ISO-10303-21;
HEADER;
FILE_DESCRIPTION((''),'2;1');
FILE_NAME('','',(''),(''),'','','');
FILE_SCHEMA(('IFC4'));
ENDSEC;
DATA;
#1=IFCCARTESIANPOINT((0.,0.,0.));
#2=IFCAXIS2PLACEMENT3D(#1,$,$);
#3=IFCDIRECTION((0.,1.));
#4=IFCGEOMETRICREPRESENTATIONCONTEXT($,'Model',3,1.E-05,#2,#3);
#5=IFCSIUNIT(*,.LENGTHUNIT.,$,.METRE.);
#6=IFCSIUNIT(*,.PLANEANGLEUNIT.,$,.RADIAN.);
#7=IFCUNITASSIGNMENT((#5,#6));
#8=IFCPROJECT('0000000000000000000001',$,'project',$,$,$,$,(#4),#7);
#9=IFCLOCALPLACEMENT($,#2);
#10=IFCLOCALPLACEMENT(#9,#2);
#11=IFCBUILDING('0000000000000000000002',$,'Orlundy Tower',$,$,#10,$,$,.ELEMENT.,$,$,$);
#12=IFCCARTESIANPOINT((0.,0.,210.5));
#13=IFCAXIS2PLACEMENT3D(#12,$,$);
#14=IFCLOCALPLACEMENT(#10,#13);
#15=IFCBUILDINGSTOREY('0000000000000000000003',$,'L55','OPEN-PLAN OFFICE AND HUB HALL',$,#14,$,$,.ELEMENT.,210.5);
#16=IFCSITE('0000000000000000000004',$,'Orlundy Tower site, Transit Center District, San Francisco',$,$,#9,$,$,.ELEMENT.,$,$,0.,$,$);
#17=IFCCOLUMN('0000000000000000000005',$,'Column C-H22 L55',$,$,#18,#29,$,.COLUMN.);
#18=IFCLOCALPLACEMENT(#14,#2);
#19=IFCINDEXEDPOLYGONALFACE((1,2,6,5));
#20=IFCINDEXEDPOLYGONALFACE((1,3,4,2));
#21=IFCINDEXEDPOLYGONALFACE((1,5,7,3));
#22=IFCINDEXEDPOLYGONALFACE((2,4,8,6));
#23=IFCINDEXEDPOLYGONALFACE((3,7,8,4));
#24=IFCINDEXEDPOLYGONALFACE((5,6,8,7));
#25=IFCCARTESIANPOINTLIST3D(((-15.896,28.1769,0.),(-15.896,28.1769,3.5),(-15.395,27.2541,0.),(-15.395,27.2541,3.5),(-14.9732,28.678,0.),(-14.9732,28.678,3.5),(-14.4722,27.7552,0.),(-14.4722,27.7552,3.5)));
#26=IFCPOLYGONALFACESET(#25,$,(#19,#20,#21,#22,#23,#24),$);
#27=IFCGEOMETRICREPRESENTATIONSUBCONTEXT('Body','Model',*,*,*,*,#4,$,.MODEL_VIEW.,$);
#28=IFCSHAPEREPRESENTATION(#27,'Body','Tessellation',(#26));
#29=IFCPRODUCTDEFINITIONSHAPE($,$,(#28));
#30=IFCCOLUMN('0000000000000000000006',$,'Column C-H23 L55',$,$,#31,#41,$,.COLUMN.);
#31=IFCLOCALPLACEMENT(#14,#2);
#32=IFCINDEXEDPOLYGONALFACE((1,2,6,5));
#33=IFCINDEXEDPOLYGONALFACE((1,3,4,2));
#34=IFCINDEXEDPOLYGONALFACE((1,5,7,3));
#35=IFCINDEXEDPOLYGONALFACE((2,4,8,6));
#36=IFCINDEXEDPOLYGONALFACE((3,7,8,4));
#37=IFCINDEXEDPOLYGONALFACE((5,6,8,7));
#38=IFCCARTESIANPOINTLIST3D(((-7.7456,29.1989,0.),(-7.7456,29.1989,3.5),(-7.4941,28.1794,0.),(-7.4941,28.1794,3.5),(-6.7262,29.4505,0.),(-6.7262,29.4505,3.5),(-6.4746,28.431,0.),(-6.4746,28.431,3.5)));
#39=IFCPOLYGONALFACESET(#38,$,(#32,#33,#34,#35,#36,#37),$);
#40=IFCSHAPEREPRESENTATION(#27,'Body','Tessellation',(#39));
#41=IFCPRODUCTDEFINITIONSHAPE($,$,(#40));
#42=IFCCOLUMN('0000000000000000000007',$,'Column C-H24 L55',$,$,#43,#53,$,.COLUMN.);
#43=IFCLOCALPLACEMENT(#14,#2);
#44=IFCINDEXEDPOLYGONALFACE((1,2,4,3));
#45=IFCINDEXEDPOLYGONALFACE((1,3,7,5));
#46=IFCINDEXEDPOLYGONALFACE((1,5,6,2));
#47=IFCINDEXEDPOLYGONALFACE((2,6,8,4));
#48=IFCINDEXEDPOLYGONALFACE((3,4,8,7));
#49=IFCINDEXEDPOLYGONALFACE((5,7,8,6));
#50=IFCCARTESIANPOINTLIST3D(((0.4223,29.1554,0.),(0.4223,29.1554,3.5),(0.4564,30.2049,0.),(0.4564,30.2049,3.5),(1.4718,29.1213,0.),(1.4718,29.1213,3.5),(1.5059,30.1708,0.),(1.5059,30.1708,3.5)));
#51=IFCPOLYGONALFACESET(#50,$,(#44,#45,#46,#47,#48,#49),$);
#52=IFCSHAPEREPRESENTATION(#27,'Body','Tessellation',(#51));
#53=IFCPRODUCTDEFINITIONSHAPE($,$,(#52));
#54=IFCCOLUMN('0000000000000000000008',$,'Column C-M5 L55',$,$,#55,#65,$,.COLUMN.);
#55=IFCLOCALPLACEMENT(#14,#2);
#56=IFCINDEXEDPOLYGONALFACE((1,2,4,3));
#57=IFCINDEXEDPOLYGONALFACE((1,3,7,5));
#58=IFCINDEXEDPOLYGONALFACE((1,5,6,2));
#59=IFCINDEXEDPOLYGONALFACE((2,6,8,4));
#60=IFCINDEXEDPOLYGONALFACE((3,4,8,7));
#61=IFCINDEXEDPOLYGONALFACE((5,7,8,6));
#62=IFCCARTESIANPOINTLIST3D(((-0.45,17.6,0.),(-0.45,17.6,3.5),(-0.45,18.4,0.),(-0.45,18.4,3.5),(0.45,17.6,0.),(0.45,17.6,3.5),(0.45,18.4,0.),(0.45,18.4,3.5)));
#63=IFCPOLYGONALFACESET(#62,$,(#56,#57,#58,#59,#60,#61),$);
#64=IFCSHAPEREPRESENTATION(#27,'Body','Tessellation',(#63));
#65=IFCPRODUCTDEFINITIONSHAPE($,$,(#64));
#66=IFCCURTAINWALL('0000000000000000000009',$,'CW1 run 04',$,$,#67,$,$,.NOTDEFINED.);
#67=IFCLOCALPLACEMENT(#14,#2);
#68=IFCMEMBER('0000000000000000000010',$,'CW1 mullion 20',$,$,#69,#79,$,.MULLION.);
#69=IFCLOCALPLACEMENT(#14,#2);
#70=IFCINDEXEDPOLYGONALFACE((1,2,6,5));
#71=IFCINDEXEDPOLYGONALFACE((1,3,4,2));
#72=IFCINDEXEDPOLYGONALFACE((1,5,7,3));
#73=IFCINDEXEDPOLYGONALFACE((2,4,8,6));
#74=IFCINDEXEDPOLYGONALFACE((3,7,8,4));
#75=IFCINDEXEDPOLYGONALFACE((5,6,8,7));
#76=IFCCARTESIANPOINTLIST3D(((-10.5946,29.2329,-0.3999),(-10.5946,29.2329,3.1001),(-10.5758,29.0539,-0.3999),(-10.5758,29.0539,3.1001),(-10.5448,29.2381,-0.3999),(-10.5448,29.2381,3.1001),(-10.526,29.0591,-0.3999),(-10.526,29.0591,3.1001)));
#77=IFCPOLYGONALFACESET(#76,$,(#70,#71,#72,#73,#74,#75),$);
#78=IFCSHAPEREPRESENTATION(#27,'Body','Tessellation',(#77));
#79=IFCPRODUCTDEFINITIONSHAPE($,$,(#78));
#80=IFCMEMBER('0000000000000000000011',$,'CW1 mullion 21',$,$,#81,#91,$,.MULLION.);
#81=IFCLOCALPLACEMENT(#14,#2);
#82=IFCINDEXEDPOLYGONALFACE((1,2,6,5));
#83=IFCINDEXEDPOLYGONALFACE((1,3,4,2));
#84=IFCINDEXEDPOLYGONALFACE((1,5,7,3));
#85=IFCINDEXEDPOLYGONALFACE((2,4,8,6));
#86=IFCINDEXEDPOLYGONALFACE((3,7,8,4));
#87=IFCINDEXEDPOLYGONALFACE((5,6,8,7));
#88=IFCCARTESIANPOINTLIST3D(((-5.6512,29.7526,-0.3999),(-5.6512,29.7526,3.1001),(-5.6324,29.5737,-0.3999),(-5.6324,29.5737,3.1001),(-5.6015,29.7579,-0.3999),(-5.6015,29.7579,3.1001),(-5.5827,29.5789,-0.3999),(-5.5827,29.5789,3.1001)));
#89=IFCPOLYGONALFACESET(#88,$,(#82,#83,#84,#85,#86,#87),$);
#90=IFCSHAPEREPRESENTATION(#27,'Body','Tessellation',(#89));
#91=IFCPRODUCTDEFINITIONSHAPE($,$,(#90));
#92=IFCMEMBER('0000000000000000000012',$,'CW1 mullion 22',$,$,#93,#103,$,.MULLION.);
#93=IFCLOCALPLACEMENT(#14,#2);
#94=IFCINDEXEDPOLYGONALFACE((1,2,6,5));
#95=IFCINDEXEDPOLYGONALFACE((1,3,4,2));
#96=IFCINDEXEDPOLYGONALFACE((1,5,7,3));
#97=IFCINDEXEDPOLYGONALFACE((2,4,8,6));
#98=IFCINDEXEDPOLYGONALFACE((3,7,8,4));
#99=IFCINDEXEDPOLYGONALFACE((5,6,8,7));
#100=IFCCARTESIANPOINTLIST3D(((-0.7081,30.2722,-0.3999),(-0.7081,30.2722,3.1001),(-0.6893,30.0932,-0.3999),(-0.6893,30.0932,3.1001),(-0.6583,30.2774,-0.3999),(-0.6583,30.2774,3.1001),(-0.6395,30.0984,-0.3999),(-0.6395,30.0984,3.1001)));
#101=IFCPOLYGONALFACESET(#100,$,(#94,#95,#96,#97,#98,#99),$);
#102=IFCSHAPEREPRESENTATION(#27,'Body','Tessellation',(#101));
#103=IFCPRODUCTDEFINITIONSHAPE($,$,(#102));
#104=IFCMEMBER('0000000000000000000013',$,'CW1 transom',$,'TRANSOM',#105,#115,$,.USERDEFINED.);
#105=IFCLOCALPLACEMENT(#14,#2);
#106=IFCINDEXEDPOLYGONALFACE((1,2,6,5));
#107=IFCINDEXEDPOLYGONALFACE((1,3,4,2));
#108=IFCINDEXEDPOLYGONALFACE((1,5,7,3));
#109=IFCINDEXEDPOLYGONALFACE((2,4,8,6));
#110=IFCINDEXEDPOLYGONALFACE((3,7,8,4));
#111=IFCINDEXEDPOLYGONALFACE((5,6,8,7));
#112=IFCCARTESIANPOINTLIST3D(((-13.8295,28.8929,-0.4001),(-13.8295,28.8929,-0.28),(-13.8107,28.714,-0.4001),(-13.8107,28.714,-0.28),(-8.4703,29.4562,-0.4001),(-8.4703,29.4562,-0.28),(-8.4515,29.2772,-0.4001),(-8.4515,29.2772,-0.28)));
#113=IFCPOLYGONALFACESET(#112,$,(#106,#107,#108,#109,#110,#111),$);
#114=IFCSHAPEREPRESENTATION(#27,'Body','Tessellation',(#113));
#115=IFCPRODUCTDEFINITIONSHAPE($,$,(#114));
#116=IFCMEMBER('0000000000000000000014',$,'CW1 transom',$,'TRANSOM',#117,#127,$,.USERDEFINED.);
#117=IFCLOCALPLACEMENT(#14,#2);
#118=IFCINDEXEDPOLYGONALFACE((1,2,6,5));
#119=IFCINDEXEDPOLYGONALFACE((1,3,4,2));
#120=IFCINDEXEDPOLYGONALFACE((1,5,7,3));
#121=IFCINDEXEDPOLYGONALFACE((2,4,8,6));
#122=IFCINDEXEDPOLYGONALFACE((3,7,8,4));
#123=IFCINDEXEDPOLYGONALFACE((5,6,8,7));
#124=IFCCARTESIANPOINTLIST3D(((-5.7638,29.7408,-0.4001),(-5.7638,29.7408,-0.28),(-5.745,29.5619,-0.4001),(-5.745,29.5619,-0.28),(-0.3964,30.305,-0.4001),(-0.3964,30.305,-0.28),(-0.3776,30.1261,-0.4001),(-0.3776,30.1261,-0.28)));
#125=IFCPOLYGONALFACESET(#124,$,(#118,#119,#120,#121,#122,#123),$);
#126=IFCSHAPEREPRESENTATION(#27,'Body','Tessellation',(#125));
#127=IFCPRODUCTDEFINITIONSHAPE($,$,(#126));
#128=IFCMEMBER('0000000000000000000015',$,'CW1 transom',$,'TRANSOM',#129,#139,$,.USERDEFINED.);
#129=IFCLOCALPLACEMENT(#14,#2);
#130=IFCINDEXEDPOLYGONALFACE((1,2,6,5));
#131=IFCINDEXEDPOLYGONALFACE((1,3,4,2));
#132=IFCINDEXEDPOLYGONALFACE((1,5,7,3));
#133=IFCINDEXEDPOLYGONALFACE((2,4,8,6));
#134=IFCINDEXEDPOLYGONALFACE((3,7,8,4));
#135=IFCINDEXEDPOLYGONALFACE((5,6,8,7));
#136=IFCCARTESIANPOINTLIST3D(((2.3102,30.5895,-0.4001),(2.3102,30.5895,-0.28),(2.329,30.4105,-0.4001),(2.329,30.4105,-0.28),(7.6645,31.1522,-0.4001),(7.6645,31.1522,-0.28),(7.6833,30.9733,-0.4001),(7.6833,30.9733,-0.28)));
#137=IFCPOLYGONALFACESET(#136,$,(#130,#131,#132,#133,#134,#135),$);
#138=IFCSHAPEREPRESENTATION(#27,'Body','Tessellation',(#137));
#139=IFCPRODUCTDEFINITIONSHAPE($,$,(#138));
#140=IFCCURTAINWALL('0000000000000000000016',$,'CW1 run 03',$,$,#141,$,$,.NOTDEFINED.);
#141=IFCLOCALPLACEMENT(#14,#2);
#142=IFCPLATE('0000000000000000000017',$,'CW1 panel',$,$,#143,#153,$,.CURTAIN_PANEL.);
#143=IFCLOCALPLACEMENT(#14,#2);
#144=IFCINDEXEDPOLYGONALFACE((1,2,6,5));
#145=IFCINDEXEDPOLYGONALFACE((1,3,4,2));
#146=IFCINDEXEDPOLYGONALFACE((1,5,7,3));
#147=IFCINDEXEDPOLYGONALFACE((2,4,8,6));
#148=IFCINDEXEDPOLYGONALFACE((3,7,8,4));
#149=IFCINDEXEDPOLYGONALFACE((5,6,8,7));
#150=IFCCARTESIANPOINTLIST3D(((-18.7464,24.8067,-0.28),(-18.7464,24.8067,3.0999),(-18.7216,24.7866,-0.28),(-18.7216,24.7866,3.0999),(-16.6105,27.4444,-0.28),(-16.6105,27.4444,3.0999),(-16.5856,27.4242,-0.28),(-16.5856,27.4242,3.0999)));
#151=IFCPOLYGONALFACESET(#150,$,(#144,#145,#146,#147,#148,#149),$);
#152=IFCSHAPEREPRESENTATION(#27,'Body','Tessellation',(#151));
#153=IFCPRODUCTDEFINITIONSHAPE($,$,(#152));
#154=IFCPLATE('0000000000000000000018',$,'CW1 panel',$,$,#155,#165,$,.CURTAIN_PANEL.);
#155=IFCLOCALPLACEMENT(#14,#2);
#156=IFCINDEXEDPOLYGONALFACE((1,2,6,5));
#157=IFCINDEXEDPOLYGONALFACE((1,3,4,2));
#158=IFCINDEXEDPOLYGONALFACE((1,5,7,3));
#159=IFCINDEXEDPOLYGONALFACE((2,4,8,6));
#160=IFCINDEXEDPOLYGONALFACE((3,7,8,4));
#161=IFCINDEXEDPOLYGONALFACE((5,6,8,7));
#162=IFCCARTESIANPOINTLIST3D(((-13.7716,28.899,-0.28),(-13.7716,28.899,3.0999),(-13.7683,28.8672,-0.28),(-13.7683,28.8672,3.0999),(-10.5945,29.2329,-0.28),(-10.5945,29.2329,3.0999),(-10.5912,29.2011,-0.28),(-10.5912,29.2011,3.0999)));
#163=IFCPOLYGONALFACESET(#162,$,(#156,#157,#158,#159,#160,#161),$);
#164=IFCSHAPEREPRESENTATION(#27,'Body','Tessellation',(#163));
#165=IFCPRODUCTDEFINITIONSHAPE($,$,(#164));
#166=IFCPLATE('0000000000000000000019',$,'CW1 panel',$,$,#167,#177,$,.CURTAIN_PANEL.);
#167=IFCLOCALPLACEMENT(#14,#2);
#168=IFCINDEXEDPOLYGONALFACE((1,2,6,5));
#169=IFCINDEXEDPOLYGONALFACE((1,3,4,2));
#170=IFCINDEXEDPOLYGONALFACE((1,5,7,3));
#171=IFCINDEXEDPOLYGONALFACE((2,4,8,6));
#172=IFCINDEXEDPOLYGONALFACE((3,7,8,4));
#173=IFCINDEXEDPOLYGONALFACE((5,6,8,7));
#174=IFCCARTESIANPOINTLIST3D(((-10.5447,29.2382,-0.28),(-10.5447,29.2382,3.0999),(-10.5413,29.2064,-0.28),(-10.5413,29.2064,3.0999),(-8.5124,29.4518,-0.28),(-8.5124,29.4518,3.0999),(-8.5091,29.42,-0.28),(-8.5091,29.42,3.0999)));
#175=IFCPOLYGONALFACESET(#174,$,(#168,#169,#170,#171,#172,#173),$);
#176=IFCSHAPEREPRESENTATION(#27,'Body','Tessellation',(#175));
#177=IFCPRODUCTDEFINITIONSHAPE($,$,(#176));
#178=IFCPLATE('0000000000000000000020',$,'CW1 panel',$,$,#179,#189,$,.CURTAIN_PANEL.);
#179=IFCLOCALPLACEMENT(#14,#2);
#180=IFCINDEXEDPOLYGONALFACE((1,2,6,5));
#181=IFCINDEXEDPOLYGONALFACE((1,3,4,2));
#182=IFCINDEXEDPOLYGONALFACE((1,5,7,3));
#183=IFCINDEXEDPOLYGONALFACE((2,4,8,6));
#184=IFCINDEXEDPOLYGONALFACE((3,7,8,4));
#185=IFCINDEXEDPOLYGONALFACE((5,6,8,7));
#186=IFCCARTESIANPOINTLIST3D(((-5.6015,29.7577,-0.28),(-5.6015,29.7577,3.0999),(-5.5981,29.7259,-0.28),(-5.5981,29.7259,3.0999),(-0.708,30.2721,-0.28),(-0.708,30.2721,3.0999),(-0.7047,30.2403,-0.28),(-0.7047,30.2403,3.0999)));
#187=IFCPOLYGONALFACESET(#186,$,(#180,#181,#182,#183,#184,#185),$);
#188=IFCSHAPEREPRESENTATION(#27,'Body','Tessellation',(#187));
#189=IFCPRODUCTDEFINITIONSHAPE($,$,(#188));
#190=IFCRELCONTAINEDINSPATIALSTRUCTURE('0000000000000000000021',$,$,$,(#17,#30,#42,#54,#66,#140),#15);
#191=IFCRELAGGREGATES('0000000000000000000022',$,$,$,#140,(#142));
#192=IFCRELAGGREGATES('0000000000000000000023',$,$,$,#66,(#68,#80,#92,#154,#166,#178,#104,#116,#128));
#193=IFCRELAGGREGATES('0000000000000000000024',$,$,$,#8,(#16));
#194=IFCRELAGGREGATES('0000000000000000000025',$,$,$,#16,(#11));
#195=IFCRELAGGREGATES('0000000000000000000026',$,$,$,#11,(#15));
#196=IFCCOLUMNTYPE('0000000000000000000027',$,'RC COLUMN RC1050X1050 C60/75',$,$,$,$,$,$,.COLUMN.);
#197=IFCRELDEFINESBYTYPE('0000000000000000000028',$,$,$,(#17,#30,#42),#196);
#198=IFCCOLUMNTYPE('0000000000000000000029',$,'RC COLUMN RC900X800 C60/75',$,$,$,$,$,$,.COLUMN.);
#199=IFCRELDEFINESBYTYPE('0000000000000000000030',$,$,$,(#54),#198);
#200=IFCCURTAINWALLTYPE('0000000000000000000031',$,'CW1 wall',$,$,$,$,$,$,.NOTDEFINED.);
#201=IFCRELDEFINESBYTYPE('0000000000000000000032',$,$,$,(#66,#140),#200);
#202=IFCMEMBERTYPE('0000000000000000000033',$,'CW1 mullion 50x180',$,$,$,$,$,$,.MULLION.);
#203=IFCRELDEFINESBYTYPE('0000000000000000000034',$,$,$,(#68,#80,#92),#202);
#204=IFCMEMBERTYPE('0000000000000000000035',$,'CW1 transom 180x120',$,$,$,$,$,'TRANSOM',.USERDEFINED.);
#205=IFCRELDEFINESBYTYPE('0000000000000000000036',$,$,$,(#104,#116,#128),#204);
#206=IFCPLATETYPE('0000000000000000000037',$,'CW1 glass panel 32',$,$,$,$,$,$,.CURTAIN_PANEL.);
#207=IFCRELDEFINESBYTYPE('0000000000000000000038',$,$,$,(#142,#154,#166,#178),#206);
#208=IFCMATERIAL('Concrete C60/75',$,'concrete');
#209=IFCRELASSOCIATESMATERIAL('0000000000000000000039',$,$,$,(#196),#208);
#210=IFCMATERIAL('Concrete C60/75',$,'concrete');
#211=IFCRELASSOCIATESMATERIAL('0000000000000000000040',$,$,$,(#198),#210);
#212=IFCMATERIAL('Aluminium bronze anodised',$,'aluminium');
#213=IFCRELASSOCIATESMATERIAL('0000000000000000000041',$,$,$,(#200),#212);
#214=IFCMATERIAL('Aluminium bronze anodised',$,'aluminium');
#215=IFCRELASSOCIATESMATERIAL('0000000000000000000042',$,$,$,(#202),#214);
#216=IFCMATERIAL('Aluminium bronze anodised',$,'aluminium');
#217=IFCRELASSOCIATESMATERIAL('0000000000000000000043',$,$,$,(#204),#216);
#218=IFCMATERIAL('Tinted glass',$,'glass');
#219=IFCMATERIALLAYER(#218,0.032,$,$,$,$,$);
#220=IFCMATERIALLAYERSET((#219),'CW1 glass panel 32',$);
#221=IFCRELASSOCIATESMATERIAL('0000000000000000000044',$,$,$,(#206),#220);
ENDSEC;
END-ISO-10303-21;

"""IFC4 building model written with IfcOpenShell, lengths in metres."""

from ifc_helpers import new_model, si_unit, direction, frame, origin, origin_2d, place, context, subcontext, project, spatial, rectangle, extrude, material, layer, layer_set, material_profile, profile_set, type_object, element, aggregate, save


model = new_model("IFC4")

# Units and contexts
model_context = context("Model", 3, precision=1e-05, world=origin(), true_north=direction((0.0, 1.0)))
body_context = subcontext(model_context, "Body", "Model", "MODEL_VIEW")
ifc_project = project(units=[si_unit("LENGTHUNIT", "METRE"), si_unit("PLANEANGLEUNIT", "RADIAN")], contexts=[model_context])

# Site, building, storey
site_placement = place(None, origin())
site = spatial("IfcSite", under=ifc_project, at=site_placement, Name="Orlundy Tower site, Transit Center District, San Francisco", CompositionType="ELEMENT", RefElevation=0.0)
building_placement = place(site_placement, origin())
building = spatial("IfcBuilding", under=site, at=building_placement, Name="Orlundy Tower", CompositionType="ELEMENT")
storey_placement = place(building_placement, frame((0.0, 0.0, 210.5)))
storey = spatial("IfcBuildingStorey", under=building, at=storey_placement, Name="L55", Description="OPEN-PLAN OFFICE AND HUB HALL", CompositionType="ELEMENT", Elevation=210.5)

# Columns
ifc_material_1 = material(Name="Concrete C60/75", Category="concrete")
ifc_material_profile_1 = material_profile(ifc_material_1, rectangle(XDim=1.05, YDim=1.05, at=origin_2d()), Name="RC1050X1050")
ifc_profile_set_1 = profile_set([ifc_material_profile_1], Name="Concrete C60/75")
column_type_1 = type_object("IfcColumnType", Name="RC COLUMN RC1050X1050 C60/75", PredefinedType="COLUMN", material=ifc_profile_set_1)
for number, where, z_axis, x_axis, name in (
    (1, (-15.1841, 27.9661, 0.0), (0.0, 0.0, 1.0), (-0.477159, 0.878817, 0.0), "Column C-H22 L55"),
    (2, (-7.1101, 28.8149, 0.0), (0.0, 0.0, 1.0), (-0.239567, 0.97088, 0.0), "Column C-H23 L55"),
    (3, (0.9641, 29.6631, 0.0), (0.0, 0.0, 1.0), (0.032475, 0.999473, 0.0), "Column C-H24 L55"),
):
    element("IfcColumn", number, at=place(storey_placement, frame(where, z_axis=z_axis, x_axis=x_axis)), inside=storey, type_object=column_type_1, Name=name, PredefinedType="COLUMN", context=body_context, shape_type="SweptSolid", body=[
        extrude(rectangle(XDim=1.05, YDim=1.05, at=origin_2d()), origin(), (0.0, 0.0, 1.0), 3.5),
    ])
ifc_material_2 = material(Name="Concrete C60/75", Category="concrete")
ifc_material_profile_2 = material_profile(ifc_material_2, rectangle(XDim=0.8999, YDim=0.8, at=origin_2d()), Name="RC900X800")
ifc_profile_set_2 = profile_set([ifc_material_profile_2], Name="Concrete C60/75")
column_type_2 = type_object("IfcColumnType", Name="RC COLUMN RC900X800 C60/75", PredefinedType="COLUMN", material=ifc_profile_set_2)
column_placement = place(storey_placement, frame((0.0, 18.0, 0.0), z_axis=(0.0, 0.0, 1.0), x_axis=(1.0, 0.0, 0.0)))
element("IfcColumn", 4, at=column_placement, inside=storey, type_object=column_type_2, Name="Column C-M5 L55", PredefinedType="COLUMN", context=body_context, shape_type="SweptSolid", body=[
    extrude(rectangle(XDim=0.8999, YDim=0.8, at=origin_2d()), origin(), (0.0, 0.0, 1.0), 3.5),
])

# Curtain wall, members
ifc_material_3 = material(Name="Aluminium bronze anodised", Category="aluminium")
curtain_wall_type = type_object("IfcCurtainWallType", Name="CW1 wall", PredefinedType="NOTDEFINED", material=ifc_material_3)
curtain_wall_1_placement = place(storey_placement, origin())
curtain_wall_1 = element("IfcCurtainWall", 5, at=curtain_wall_1_placement, inside=storey, type_object=curtain_wall_type, Name="CW1 run 04", PredefinedType="NOTDEFINED")
ifc_material_4 = material(Name="Aluminium bronze anodised", Category="aluminium")
ifc_material_profile_3 = material_profile(ifc_material_4, rectangle(XDim=0.1799, YDim=0.05, at=origin_2d()), Name="CW1 mullion 50x180")
ifc_profile_set_3 = profile_set([ifc_material_profile_3], Name="Aluminium bronze anodised")
member_type_1 = type_object("IfcMemberType", Name="CW1 mullion 50x180", PredefinedType="MULLION", material=ifc_profile_set_3)
member_1_placement = place(storey_placement, frame((-10.5603, 29.146, -0.3999), z_axis=(0.0, 0.0, 1.0), x_axis=(-0.104538, 0.994521, 0.0)))
member_1 = element("IfcMember", 6, at=member_1_placement, type_object=member_type_1, Name="CW1 mullion 20", PredefinedType="MULLION", context=body_context, shape_type="SweptSolid", body=[
    extrude(rectangle(XDim=0.1799, YDim=0.05, at=origin_2d()), origin(), (0.0, 0.0, 1.0), 3.5),
])
member_2_placement = place(storey_placement, frame((-5.6169, 29.6658, -0.3999), z_axis=(0.0, 0.0, 1.0), x_axis=(-0.104538, 0.994521, 0.0)))
member_2 = element("IfcMember", 7, at=member_2_placement, type_object=member_type_1, Name="CW1 mullion 21", PredefinedType="MULLION", context=body_context, shape_type="SweptSolid", body=[
    extrude(rectangle(XDim=0.1799, YDim=0.05, at=origin_2d()), origin(), (0.0, 0.0, 1.0), 3.5),
])
member_3_placement = place(storey_placement, frame((-0.6738, 30.1853, -0.3999), z_axis=(0.0, 0.0, 1.0), x_axis=(-0.104538, 0.994521, 0.0)))
member_3 = element("IfcMember", 8, at=member_3_placement, type_object=member_type_1, Name="CW1 mullion 22", PredefinedType="MULLION", context=body_context, shape_type="SweptSolid", body=[
    extrude(rectangle(XDim=0.1799, YDim=0.05, at=origin_2d()), origin(), (0.0, 0.0, 1.0), 3.5),
])
ifc_material_5 = material(Name="Aluminium bronze anodised", Category="aluminium")
ifc_material_profile_4 = material_profile(ifc_material_5, rectangle(XDim=0.1799, YDim=0.1201, at=origin_2d()), Name="CW1 transom 180x120")
ifc_profile_set_4 = profile_set([ifc_material_profile_4], Name="Aluminium bronze anodised")
member_type_2 = type_object("IfcMemberType", Name="CW1 transom 180x120", ElementType="TRANSOM", PredefinedType="USERDEFINED", material=ifc_profile_set_4)
member_4_placement = place(storey_placement, frame((-13.8201, 28.8035, -0.3401), z_axis=(0.994523, 0.104522, 0.0), x_axis=(-0.104522, 0.994523, 0.0)))
member_4 = element("IfcMember", 9, at=member_4_placement, type_object=member_type_2, Name="CW1 transom", ObjectType="TRANSOM", PredefinedType="USERDEFINED", context=body_context, shape_type="SweptSolid", body=[
    extrude(rectangle(XDim=0.1799, YDim=0.1201, at=origin_2d()), origin(), (0.0, 0.0, 1.0), 5.3887),
])
member_5_placement = place(storey_placement, frame((-5.7544, 29.6514, -0.3401), z_axis=(0.994521, 0.104541, 0.0), x_axis=(-0.104541, 0.994521, 0.0)))
member_5 = element("IfcMember", 10, at=member_5_placement, type_object=member_type_2, Name="CW1 transom", ObjectType="TRANSOM", PredefinedType="USERDEFINED", context=body_context, shape_type="SweptSolid", body=[
    extrude(rectangle(XDim=0.1799, YDim=0.1201, at=origin_2d()), origin(), (0.0, 0.0, 1.0), 5.397),
])
member_6_placement = place(storey_placement, frame((2.3196, 30.5, -0.3401), z_axis=(0.994522, 0.104527, 0.0), x_axis=(-0.104527, 0.994522, 0.0)))
member_6 = element("IfcMember", 11, at=member_6_placement, type_object=member_type_2, Name="CW1 transom", ObjectType="TRANSOM", PredefinedType="USERDEFINED", context=body_context, shape_type="SweptSolid", body=[
    extrude(rectangle(XDim=0.1799, YDim=0.1201, at=origin_2d()), origin(), (0.0, 0.0, 1.0), 5.3838),
])

# Curtain wall, plate
curtain_wall_2_placement = place(storey_placement, origin())
curtain_wall_2 = element("IfcCurtainWall", 12, at=curtain_wall_2_placement, inside=storey, type_object=curtain_wall_type, Name="CW1 run 03", PredefinedType="NOTDEFINED")
ifc_material_6 = material(Name="Tinted glass", Category="glass")
ifc_layer_1 = layer(ifc_material_6, 0.032)
ifc_layer_set_1 = layer_set([ifc_layer_1], Name="CW1 glass panel 32")
plate_type = type_object("IfcPlateType", Name="CW1 glass panel 32", PredefinedType="CURTAIN_PANEL", material=ifc_layer_set_1)
plate_1_placement = place(storey_placement, frame((-17.666, 26.1155, -0.28), z_axis=(0.0, 0.0, 1.0), x_axis=(0.629321, 0.777146, 0.0)))
plate_1 = element("IfcPlate", 13, at=plate_1_placement, type_object=plate_type, Name="CW1 panel", PredefinedType="CURTAIN_PANEL", context=body_context, shape_type="SweptSolid", body=[
    extrude(rectangle(XDim=3.394, YDim=0.032, at=origin_2d()), origin(), (0.0, 0.0, 1.0), 3.3799),
])
aggregate(curtain_wall_2, [plate_1])

# Plates
plate_2_placement = place(storey_placement, frame((-12.1814, 29.05, -0.28), z_axis=(0.0, 0.0, 1.0), x_axis=(0.994521, 0.104538, 0.0)))
plate_2 = element("IfcPlate", 14, at=plate_2_placement, type_object=plate_type, Name="CW1 panel", PredefinedType="CURTAIN_PANEL", context=body_context, shape_type="SweptSolid", body=[
    extrude(rectangle(XDim=3.1946, YDim=0.032, at=origin_2d()), origin(), (0.0, 0.0, 1.0), 3.3799),
])
plate_3_placement = place(storey_placement, frame((-9.5269, 29.3291, -0.28), z_axis=(0.0, 0.0, 1.0), x_axis=(0.994521, 0.104538, 0.0)))
plate_3 = element("IfcPlate", 15, at=plate_3_placement, type_object=plate_type, Name="CW1 panel", PredefinedType="CURTAIN_PANEL", context=body_context, shape_type="SweptSolid", body=[
    extrude(rectangle(XDim=2.0435, YDim=0.032, at=origin_2d()), origin(), (0.0, 0.0, 1.0), 3.3799),
])
plate_4_placement = place(storey_placement, frame((-3.1531, 29.999, -0.28), z_axis=(0.0, 0.0, 1.0), x_axis=(0.994521, 0.104538, 0.0)))
plate_4 = element("IfcPlate", 16, at=plate_4_placement, type_object=plate_type, Name="CW1 panel", PredefinedType="CURTAIN_PANEL", context=body_context, shape_type="SweptSolid", body=[
    extrude(rectangle(XDim=4.9204, YDim=0.032, at=origin_2d()), origin(), (0.0, 0.0, 1.0), 3.3799),
])
aggregate(curtain_wall_1, [member_1, member_2, member_3, plate_2, plate_3, plate_4, member_4, member_5, member_6])

save(model, "model.ifc")
